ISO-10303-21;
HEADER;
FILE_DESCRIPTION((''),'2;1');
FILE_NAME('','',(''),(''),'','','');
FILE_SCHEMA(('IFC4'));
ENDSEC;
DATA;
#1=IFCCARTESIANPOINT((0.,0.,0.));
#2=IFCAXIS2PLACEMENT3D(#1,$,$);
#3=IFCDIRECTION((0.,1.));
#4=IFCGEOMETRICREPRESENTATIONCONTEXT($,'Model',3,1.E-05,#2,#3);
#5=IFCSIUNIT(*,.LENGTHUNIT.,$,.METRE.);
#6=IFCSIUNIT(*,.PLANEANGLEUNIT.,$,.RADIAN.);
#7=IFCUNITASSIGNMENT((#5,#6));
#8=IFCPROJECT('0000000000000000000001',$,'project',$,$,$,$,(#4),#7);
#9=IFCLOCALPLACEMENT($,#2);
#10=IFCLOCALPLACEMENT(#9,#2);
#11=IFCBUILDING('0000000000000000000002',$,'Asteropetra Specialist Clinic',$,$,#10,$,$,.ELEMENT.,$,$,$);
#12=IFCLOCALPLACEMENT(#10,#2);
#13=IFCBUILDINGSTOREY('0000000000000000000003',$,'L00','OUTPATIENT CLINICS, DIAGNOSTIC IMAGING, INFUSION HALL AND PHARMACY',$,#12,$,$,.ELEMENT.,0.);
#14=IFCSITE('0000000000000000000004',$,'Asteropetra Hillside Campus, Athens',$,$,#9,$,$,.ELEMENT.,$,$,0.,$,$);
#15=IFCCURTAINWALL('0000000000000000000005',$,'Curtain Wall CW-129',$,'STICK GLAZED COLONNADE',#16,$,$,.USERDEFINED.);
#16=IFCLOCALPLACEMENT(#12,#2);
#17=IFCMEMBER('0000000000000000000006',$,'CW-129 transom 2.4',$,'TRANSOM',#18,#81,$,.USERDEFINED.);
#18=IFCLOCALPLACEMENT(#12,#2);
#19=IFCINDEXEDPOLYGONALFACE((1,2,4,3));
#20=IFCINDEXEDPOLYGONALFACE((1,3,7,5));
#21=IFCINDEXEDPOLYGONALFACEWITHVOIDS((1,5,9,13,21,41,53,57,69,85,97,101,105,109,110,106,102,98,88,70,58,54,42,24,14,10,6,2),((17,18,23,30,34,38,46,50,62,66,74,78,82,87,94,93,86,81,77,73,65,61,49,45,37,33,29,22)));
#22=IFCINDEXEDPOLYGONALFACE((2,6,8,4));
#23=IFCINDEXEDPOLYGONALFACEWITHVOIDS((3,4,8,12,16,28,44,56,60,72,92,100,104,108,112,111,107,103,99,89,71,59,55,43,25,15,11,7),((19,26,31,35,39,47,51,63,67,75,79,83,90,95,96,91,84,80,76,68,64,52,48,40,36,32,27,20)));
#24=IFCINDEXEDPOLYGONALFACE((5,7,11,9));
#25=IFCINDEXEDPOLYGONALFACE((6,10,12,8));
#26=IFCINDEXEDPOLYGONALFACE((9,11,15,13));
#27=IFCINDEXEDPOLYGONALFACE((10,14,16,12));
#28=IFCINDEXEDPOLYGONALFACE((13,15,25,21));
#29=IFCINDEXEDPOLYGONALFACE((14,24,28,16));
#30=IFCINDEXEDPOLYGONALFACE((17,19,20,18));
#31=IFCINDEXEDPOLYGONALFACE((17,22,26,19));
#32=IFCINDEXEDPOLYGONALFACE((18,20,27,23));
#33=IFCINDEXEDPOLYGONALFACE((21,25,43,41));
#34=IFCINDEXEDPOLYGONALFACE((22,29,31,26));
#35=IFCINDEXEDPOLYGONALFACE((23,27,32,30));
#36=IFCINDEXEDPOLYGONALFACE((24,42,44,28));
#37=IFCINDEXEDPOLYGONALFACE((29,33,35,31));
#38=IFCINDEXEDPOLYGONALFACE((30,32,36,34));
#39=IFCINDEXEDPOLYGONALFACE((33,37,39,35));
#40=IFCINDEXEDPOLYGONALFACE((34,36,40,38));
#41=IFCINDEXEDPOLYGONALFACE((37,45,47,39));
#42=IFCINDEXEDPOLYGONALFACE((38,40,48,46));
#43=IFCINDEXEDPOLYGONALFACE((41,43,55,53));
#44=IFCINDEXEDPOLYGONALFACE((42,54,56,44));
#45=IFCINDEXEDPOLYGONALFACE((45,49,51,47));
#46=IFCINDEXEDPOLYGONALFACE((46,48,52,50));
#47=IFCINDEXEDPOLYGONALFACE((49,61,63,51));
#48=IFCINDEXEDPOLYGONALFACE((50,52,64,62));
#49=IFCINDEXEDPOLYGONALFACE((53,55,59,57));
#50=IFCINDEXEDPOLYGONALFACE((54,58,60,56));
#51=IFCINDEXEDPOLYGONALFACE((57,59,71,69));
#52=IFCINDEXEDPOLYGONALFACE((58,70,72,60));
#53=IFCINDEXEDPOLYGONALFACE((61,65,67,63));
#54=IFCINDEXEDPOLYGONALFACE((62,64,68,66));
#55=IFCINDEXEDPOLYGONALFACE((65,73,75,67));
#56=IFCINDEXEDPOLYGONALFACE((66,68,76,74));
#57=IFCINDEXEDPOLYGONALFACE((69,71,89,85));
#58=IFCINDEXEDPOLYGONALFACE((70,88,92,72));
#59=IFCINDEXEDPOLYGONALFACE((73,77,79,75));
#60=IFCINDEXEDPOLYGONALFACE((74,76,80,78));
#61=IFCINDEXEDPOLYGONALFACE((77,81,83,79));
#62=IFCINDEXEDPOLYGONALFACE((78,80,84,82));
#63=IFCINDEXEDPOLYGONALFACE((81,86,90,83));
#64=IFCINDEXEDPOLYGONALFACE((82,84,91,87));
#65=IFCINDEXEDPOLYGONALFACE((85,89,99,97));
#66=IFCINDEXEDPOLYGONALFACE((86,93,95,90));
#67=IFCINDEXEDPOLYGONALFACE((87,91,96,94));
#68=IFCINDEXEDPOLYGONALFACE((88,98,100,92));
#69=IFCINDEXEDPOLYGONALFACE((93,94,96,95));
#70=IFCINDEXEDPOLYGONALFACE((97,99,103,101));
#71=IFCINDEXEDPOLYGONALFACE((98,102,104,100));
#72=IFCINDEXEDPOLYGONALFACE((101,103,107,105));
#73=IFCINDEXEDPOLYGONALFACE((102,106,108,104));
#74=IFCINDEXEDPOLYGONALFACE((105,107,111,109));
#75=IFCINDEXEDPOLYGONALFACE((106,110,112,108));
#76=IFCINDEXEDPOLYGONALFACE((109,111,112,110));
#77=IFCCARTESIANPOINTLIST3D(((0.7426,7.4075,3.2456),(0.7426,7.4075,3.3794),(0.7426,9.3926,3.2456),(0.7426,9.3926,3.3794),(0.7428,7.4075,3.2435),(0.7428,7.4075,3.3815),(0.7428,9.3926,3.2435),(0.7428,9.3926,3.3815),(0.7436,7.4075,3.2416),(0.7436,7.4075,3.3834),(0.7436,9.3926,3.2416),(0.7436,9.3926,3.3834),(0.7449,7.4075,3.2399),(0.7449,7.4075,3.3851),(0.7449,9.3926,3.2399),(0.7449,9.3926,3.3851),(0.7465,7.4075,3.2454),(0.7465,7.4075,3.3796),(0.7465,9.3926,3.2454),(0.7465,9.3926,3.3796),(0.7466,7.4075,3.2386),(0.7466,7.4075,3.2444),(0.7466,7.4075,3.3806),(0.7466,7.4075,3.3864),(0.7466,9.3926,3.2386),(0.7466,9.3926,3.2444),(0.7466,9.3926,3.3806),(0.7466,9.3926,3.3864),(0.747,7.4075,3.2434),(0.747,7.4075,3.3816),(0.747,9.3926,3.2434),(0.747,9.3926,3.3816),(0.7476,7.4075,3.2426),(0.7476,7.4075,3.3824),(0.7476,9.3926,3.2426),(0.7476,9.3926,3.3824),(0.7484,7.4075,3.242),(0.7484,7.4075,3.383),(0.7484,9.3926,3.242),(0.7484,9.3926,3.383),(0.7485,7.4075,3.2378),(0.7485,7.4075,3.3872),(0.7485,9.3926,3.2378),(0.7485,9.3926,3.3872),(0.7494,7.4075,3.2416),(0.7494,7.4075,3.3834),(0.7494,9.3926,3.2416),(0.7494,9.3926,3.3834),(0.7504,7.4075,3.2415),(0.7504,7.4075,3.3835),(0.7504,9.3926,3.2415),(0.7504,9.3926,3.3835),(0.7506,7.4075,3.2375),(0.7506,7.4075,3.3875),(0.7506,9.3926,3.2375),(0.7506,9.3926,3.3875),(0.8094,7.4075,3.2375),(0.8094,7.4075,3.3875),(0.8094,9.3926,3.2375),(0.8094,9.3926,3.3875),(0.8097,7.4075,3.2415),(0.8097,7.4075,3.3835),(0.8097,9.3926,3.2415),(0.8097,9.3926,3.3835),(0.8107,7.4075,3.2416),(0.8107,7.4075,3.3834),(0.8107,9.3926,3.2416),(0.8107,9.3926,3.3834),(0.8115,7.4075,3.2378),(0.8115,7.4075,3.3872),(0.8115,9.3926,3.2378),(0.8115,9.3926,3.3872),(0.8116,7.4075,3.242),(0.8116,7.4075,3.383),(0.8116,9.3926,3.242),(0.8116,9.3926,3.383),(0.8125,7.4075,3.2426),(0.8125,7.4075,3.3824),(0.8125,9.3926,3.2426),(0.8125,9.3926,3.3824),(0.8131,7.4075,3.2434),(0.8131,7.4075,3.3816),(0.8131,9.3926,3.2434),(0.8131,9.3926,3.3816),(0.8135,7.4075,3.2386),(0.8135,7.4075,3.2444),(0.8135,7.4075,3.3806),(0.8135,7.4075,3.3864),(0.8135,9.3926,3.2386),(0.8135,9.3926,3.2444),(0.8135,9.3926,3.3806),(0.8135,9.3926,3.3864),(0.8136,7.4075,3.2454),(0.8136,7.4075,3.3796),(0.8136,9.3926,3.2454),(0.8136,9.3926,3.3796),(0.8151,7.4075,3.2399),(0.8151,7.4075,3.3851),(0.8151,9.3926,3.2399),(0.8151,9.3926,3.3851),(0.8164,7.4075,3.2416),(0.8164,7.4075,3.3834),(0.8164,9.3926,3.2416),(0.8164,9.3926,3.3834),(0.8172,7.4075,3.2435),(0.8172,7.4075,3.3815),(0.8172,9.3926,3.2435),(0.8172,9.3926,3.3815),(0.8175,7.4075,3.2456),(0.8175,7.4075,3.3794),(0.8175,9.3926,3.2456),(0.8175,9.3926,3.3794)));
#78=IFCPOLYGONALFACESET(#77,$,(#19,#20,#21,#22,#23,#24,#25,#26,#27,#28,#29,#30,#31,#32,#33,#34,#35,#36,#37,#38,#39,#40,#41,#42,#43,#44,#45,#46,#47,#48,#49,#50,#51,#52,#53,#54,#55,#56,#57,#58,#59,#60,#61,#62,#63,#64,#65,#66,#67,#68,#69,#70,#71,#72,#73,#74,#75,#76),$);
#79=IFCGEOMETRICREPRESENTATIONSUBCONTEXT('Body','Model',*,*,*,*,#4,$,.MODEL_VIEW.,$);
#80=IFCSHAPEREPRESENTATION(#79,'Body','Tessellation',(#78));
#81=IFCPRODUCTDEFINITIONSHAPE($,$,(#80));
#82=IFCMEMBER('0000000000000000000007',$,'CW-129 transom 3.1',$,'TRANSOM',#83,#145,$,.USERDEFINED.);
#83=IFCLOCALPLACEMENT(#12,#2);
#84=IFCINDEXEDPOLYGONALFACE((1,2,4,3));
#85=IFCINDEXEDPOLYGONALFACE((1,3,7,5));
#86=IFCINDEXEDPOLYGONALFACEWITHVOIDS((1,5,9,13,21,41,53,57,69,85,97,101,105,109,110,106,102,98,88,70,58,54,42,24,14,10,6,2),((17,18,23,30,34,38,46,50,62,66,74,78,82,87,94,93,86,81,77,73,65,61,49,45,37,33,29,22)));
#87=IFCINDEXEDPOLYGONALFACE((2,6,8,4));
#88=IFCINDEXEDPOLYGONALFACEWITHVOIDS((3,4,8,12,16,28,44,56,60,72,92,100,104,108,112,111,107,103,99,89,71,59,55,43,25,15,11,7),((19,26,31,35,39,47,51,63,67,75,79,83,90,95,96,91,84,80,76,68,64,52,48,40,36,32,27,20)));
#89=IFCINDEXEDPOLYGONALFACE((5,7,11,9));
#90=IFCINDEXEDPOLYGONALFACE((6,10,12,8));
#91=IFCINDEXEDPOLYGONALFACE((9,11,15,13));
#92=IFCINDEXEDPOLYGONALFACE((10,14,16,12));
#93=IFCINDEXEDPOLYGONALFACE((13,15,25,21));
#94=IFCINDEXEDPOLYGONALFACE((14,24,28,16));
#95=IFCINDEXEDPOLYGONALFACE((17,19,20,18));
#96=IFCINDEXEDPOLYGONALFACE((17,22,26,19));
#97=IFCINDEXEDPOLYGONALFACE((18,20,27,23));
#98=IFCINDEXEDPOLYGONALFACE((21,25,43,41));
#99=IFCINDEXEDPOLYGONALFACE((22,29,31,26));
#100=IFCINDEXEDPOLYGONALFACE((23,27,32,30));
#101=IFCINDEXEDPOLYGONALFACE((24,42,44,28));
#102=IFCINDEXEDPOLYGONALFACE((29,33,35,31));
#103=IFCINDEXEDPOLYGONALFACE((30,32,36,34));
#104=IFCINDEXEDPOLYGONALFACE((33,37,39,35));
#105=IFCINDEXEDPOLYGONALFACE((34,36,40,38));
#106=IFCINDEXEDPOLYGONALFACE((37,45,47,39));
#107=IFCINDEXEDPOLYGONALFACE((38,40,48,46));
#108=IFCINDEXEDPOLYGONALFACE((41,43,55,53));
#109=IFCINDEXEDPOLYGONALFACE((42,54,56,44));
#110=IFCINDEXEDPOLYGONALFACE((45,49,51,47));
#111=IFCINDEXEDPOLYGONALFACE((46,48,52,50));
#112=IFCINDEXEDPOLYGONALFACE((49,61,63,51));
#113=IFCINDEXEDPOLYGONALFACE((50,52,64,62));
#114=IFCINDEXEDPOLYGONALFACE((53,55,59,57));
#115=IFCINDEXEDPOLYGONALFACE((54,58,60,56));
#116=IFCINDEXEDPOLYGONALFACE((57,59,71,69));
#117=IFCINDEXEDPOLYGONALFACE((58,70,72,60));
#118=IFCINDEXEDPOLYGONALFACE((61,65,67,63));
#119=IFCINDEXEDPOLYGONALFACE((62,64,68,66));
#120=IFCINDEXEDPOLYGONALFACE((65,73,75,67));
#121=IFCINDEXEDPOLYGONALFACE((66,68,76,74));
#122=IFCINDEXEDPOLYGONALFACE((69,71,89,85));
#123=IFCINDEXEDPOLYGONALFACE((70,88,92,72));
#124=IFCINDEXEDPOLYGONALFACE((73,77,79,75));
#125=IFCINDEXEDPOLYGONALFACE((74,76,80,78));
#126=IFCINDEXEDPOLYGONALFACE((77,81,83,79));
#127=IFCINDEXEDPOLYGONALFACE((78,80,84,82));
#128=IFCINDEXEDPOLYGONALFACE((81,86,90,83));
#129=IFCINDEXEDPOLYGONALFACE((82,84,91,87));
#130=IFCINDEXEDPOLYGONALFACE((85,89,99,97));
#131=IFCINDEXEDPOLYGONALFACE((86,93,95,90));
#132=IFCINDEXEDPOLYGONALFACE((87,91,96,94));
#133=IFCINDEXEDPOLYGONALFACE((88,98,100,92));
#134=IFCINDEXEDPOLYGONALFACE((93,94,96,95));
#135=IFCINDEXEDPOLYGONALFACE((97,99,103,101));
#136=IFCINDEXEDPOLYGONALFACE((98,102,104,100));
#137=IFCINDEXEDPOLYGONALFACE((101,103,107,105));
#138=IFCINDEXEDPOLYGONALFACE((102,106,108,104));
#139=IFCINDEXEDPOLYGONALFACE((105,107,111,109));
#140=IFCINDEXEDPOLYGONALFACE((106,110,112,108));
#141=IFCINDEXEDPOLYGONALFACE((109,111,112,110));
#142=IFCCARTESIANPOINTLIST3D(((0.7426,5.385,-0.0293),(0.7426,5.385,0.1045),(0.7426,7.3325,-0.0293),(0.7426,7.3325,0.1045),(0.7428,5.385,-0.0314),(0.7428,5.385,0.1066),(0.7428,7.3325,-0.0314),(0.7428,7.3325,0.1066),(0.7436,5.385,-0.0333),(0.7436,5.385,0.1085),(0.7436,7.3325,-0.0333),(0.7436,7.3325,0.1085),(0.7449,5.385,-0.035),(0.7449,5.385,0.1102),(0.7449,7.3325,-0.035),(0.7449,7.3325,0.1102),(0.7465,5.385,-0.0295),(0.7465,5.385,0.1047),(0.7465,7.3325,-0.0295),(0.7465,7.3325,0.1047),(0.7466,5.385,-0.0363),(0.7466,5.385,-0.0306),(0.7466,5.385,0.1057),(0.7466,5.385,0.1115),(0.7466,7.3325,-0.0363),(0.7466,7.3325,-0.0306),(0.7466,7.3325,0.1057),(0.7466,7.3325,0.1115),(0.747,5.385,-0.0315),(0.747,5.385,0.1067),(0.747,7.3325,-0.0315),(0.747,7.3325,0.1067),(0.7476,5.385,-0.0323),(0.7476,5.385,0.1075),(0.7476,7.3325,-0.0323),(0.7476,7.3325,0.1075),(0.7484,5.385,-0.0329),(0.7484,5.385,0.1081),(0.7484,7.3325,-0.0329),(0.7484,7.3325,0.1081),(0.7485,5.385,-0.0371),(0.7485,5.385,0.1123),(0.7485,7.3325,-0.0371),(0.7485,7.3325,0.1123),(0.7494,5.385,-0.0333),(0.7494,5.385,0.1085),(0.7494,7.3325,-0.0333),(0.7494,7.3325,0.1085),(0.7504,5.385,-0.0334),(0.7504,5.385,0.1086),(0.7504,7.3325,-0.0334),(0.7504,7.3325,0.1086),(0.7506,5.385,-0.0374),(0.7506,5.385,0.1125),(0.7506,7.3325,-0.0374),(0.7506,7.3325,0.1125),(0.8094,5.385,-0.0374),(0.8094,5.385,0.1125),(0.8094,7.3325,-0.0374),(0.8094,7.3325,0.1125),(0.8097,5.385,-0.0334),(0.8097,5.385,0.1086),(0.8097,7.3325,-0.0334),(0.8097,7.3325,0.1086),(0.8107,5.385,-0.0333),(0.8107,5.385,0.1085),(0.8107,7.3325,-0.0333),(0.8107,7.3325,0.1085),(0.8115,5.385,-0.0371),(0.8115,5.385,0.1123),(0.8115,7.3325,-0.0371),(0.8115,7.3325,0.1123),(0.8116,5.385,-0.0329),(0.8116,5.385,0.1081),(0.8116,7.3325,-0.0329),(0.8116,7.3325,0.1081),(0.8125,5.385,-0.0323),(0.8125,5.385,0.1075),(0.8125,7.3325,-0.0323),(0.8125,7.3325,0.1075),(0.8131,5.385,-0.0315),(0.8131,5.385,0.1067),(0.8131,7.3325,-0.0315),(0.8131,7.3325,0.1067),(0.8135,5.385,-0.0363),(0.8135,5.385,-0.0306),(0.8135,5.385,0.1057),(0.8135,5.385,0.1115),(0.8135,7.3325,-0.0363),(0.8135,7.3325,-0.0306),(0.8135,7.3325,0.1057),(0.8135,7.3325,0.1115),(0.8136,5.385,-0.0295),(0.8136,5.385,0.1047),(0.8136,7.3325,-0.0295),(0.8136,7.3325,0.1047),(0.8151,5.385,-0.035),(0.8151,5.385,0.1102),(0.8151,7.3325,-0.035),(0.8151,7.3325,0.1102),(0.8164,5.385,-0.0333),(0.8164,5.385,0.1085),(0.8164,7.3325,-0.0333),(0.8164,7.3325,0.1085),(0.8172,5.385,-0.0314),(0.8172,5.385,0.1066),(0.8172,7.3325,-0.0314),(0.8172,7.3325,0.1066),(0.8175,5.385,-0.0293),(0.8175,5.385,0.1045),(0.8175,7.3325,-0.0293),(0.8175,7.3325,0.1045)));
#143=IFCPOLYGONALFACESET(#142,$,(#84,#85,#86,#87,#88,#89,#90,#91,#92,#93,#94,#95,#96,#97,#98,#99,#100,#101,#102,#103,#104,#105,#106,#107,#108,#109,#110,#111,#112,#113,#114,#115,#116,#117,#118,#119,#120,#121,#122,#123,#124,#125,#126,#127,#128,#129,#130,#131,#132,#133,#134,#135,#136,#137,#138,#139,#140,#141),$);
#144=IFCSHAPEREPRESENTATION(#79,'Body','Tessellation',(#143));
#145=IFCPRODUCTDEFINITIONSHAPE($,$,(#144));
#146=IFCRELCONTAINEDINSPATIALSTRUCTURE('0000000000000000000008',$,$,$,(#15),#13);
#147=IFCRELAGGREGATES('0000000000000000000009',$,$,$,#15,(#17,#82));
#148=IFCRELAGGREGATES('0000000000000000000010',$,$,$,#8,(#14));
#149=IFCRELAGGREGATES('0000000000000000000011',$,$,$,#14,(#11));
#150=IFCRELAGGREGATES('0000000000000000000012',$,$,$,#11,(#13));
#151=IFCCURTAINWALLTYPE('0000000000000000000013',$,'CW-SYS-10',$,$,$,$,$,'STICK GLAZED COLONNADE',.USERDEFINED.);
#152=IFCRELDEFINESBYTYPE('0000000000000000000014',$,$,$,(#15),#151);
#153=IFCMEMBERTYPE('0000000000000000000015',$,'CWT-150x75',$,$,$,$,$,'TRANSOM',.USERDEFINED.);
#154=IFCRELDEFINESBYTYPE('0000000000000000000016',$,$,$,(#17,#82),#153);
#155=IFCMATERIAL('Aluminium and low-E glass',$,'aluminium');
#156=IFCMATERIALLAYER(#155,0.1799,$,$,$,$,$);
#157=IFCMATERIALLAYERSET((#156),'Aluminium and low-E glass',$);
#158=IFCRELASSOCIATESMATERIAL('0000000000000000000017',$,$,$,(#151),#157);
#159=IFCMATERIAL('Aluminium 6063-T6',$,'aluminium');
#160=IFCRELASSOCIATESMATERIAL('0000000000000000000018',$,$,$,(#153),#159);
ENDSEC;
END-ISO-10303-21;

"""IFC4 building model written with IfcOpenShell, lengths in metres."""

from ifc_helpers import new_model, si_unit, direction, frame, origin, origin_2d, place, context, subcontext, project, spatial, hollow_rectangle, extrude, material, layer, layer_set, material_profile, profile_set, type_object, element, aggregate, save


model = new_model("IFC4")

# Units and contexts
model_context = context("Model", 3, precision=1e-05, world=origin(), true_north=direction((0.0, 1.0)))
body_context = subcontext(model_context, "Body", "Model", "MODEL_VIEW")
ifc_project = project(units=[si_unit("LENGTHUNIT", "METRE"), si_unit("PLANEANGLEUNIT", "RADIAN")], contexts=[model_context])

# Site, building, storey
site_placement = place(None, origin())
site = spatial("IfcSite", under=ifc_project, at=site_placement, Name="Asteropetra Hillside Campus, Athens", CompositionType="ELEMENT", RefElevation=0.0)
building_placement = place(site_placement, origin())
building = spatial("IfcBuilding", under=site, at=building_placement, Name="Asteropetra Specialist Clinic", CompositionType="ELEMENT")
storey_placement = place(building_placement, origin())
storey = spatial("IfcBuildingStorey", under=building, at=storey_placement, Name="L00", Description="OUTPATIENT CLINICS, DIAGNOSTIC IMAGING, INFUSION HALL AND PHARMACY", CompositionType="ELEMENT", Elevation=0.0)

# Curtain wall
ifc_material_1 = material(Name="Aluminium and low-E glass", Category="aluminium")
ifc_layer_1 = layer(ifc_material_1, 0.1799)
ifc_layer_set_1 = layer_set([ifc_layer_1], Name="Aluminium and low-E glass")
curtain_wall_type = type_object("IfcCurtainWallType", Name="CW-SYS-10", ElementType="STICK GLAZED COLONNADE", PredefinedType="USERDEFINED", material=ifc_layer_set_1)
curtain_wall_1_placement = place(storey_placement, origin())
curtain_wall_1 = element("IfcCurtainWall", 1, at=curtain_wall_1_placement, inside=storey, type_object=curtain_wall_type, Name="Curtain Wall CW-129", ObjectType="STICK GLAZED COLONNADE", PredefinedType="USERDEFINED")

# Members
ifc_material_2 = material(Name="Aluminium 6063-T6", Category="aluminium")
ifc_material_profile_1 = material_profile(ifc_material_2, hollow_rectangle(XDim=0.075, YDim=0.1499, WallThickness=0.0039, InnerFilletRadius=0.0039, OuterFilletRadius=0.0081, at=origin_2d()), Name="TRN 150x75x4.0")
ifc_profile_set_1 = profile_set([ifc_material_profile_1], Name="Aluminium 6063-T6")
member_type_1 = type_object("IfcMemberType", Name="CWT-150x75", ElementType="TRANSOM", PredefinedType="USERDEFINED", material=ifc_profile_set_1)
member_1_placement = place(storey_placement, frame((0.78, 9.3926, 3.3125), z_axis=(0.0, -1.0, 0.0), x_axis=(1.0, 0.0, 0.0)))
member_1 = element("IfcMember", 2, at=member_1_placement, type_object=member_type_1, Name="CW-129 transom 2.4", ObjectType="TRANSOM", PredefinedType="USERDEFINED", context=body_context, shape_type="SweptSolid", body=[
    extrude(hollow_rectangle(XDim=0.075, YDim=0.1499, WallThickness=0.0039, InnerFilletRadius=0.0039, OuterFilletRadius=0.0081, at=origin_2d()), origin(), (0.0, 0.0, 1.0), 1.9851),
])
member_2_placement = place(storey_placement, frame((0.78, 7.3325, 0.0376), z_axis=(0.0, -1.0, 0.0), x_axis=(1.0, 0.0, 0.0)))
member_2 = element("IfcMember", 3, at=member_2_placement, type_object=member_type_1, Name="CW-129 transom 3.1", ObjectType="TRANSOM", PredefinedType="USERDEFINED", context=body_context, shape_type="SweptSolid", body=[
    extrude(hollow_rectangle(XDim=0.075, YDim=0.1499, WallThickness=0.0039, InnerFilletRadius=0.0039, OuterFilletRadius=0.0081, at=origin_2d()), origin(), (0.0, 0.0, 1.0), 1.9475),
])

aggregate(curtain_wall_1, [member_1, member_2])

save(model, "model.ifc")
